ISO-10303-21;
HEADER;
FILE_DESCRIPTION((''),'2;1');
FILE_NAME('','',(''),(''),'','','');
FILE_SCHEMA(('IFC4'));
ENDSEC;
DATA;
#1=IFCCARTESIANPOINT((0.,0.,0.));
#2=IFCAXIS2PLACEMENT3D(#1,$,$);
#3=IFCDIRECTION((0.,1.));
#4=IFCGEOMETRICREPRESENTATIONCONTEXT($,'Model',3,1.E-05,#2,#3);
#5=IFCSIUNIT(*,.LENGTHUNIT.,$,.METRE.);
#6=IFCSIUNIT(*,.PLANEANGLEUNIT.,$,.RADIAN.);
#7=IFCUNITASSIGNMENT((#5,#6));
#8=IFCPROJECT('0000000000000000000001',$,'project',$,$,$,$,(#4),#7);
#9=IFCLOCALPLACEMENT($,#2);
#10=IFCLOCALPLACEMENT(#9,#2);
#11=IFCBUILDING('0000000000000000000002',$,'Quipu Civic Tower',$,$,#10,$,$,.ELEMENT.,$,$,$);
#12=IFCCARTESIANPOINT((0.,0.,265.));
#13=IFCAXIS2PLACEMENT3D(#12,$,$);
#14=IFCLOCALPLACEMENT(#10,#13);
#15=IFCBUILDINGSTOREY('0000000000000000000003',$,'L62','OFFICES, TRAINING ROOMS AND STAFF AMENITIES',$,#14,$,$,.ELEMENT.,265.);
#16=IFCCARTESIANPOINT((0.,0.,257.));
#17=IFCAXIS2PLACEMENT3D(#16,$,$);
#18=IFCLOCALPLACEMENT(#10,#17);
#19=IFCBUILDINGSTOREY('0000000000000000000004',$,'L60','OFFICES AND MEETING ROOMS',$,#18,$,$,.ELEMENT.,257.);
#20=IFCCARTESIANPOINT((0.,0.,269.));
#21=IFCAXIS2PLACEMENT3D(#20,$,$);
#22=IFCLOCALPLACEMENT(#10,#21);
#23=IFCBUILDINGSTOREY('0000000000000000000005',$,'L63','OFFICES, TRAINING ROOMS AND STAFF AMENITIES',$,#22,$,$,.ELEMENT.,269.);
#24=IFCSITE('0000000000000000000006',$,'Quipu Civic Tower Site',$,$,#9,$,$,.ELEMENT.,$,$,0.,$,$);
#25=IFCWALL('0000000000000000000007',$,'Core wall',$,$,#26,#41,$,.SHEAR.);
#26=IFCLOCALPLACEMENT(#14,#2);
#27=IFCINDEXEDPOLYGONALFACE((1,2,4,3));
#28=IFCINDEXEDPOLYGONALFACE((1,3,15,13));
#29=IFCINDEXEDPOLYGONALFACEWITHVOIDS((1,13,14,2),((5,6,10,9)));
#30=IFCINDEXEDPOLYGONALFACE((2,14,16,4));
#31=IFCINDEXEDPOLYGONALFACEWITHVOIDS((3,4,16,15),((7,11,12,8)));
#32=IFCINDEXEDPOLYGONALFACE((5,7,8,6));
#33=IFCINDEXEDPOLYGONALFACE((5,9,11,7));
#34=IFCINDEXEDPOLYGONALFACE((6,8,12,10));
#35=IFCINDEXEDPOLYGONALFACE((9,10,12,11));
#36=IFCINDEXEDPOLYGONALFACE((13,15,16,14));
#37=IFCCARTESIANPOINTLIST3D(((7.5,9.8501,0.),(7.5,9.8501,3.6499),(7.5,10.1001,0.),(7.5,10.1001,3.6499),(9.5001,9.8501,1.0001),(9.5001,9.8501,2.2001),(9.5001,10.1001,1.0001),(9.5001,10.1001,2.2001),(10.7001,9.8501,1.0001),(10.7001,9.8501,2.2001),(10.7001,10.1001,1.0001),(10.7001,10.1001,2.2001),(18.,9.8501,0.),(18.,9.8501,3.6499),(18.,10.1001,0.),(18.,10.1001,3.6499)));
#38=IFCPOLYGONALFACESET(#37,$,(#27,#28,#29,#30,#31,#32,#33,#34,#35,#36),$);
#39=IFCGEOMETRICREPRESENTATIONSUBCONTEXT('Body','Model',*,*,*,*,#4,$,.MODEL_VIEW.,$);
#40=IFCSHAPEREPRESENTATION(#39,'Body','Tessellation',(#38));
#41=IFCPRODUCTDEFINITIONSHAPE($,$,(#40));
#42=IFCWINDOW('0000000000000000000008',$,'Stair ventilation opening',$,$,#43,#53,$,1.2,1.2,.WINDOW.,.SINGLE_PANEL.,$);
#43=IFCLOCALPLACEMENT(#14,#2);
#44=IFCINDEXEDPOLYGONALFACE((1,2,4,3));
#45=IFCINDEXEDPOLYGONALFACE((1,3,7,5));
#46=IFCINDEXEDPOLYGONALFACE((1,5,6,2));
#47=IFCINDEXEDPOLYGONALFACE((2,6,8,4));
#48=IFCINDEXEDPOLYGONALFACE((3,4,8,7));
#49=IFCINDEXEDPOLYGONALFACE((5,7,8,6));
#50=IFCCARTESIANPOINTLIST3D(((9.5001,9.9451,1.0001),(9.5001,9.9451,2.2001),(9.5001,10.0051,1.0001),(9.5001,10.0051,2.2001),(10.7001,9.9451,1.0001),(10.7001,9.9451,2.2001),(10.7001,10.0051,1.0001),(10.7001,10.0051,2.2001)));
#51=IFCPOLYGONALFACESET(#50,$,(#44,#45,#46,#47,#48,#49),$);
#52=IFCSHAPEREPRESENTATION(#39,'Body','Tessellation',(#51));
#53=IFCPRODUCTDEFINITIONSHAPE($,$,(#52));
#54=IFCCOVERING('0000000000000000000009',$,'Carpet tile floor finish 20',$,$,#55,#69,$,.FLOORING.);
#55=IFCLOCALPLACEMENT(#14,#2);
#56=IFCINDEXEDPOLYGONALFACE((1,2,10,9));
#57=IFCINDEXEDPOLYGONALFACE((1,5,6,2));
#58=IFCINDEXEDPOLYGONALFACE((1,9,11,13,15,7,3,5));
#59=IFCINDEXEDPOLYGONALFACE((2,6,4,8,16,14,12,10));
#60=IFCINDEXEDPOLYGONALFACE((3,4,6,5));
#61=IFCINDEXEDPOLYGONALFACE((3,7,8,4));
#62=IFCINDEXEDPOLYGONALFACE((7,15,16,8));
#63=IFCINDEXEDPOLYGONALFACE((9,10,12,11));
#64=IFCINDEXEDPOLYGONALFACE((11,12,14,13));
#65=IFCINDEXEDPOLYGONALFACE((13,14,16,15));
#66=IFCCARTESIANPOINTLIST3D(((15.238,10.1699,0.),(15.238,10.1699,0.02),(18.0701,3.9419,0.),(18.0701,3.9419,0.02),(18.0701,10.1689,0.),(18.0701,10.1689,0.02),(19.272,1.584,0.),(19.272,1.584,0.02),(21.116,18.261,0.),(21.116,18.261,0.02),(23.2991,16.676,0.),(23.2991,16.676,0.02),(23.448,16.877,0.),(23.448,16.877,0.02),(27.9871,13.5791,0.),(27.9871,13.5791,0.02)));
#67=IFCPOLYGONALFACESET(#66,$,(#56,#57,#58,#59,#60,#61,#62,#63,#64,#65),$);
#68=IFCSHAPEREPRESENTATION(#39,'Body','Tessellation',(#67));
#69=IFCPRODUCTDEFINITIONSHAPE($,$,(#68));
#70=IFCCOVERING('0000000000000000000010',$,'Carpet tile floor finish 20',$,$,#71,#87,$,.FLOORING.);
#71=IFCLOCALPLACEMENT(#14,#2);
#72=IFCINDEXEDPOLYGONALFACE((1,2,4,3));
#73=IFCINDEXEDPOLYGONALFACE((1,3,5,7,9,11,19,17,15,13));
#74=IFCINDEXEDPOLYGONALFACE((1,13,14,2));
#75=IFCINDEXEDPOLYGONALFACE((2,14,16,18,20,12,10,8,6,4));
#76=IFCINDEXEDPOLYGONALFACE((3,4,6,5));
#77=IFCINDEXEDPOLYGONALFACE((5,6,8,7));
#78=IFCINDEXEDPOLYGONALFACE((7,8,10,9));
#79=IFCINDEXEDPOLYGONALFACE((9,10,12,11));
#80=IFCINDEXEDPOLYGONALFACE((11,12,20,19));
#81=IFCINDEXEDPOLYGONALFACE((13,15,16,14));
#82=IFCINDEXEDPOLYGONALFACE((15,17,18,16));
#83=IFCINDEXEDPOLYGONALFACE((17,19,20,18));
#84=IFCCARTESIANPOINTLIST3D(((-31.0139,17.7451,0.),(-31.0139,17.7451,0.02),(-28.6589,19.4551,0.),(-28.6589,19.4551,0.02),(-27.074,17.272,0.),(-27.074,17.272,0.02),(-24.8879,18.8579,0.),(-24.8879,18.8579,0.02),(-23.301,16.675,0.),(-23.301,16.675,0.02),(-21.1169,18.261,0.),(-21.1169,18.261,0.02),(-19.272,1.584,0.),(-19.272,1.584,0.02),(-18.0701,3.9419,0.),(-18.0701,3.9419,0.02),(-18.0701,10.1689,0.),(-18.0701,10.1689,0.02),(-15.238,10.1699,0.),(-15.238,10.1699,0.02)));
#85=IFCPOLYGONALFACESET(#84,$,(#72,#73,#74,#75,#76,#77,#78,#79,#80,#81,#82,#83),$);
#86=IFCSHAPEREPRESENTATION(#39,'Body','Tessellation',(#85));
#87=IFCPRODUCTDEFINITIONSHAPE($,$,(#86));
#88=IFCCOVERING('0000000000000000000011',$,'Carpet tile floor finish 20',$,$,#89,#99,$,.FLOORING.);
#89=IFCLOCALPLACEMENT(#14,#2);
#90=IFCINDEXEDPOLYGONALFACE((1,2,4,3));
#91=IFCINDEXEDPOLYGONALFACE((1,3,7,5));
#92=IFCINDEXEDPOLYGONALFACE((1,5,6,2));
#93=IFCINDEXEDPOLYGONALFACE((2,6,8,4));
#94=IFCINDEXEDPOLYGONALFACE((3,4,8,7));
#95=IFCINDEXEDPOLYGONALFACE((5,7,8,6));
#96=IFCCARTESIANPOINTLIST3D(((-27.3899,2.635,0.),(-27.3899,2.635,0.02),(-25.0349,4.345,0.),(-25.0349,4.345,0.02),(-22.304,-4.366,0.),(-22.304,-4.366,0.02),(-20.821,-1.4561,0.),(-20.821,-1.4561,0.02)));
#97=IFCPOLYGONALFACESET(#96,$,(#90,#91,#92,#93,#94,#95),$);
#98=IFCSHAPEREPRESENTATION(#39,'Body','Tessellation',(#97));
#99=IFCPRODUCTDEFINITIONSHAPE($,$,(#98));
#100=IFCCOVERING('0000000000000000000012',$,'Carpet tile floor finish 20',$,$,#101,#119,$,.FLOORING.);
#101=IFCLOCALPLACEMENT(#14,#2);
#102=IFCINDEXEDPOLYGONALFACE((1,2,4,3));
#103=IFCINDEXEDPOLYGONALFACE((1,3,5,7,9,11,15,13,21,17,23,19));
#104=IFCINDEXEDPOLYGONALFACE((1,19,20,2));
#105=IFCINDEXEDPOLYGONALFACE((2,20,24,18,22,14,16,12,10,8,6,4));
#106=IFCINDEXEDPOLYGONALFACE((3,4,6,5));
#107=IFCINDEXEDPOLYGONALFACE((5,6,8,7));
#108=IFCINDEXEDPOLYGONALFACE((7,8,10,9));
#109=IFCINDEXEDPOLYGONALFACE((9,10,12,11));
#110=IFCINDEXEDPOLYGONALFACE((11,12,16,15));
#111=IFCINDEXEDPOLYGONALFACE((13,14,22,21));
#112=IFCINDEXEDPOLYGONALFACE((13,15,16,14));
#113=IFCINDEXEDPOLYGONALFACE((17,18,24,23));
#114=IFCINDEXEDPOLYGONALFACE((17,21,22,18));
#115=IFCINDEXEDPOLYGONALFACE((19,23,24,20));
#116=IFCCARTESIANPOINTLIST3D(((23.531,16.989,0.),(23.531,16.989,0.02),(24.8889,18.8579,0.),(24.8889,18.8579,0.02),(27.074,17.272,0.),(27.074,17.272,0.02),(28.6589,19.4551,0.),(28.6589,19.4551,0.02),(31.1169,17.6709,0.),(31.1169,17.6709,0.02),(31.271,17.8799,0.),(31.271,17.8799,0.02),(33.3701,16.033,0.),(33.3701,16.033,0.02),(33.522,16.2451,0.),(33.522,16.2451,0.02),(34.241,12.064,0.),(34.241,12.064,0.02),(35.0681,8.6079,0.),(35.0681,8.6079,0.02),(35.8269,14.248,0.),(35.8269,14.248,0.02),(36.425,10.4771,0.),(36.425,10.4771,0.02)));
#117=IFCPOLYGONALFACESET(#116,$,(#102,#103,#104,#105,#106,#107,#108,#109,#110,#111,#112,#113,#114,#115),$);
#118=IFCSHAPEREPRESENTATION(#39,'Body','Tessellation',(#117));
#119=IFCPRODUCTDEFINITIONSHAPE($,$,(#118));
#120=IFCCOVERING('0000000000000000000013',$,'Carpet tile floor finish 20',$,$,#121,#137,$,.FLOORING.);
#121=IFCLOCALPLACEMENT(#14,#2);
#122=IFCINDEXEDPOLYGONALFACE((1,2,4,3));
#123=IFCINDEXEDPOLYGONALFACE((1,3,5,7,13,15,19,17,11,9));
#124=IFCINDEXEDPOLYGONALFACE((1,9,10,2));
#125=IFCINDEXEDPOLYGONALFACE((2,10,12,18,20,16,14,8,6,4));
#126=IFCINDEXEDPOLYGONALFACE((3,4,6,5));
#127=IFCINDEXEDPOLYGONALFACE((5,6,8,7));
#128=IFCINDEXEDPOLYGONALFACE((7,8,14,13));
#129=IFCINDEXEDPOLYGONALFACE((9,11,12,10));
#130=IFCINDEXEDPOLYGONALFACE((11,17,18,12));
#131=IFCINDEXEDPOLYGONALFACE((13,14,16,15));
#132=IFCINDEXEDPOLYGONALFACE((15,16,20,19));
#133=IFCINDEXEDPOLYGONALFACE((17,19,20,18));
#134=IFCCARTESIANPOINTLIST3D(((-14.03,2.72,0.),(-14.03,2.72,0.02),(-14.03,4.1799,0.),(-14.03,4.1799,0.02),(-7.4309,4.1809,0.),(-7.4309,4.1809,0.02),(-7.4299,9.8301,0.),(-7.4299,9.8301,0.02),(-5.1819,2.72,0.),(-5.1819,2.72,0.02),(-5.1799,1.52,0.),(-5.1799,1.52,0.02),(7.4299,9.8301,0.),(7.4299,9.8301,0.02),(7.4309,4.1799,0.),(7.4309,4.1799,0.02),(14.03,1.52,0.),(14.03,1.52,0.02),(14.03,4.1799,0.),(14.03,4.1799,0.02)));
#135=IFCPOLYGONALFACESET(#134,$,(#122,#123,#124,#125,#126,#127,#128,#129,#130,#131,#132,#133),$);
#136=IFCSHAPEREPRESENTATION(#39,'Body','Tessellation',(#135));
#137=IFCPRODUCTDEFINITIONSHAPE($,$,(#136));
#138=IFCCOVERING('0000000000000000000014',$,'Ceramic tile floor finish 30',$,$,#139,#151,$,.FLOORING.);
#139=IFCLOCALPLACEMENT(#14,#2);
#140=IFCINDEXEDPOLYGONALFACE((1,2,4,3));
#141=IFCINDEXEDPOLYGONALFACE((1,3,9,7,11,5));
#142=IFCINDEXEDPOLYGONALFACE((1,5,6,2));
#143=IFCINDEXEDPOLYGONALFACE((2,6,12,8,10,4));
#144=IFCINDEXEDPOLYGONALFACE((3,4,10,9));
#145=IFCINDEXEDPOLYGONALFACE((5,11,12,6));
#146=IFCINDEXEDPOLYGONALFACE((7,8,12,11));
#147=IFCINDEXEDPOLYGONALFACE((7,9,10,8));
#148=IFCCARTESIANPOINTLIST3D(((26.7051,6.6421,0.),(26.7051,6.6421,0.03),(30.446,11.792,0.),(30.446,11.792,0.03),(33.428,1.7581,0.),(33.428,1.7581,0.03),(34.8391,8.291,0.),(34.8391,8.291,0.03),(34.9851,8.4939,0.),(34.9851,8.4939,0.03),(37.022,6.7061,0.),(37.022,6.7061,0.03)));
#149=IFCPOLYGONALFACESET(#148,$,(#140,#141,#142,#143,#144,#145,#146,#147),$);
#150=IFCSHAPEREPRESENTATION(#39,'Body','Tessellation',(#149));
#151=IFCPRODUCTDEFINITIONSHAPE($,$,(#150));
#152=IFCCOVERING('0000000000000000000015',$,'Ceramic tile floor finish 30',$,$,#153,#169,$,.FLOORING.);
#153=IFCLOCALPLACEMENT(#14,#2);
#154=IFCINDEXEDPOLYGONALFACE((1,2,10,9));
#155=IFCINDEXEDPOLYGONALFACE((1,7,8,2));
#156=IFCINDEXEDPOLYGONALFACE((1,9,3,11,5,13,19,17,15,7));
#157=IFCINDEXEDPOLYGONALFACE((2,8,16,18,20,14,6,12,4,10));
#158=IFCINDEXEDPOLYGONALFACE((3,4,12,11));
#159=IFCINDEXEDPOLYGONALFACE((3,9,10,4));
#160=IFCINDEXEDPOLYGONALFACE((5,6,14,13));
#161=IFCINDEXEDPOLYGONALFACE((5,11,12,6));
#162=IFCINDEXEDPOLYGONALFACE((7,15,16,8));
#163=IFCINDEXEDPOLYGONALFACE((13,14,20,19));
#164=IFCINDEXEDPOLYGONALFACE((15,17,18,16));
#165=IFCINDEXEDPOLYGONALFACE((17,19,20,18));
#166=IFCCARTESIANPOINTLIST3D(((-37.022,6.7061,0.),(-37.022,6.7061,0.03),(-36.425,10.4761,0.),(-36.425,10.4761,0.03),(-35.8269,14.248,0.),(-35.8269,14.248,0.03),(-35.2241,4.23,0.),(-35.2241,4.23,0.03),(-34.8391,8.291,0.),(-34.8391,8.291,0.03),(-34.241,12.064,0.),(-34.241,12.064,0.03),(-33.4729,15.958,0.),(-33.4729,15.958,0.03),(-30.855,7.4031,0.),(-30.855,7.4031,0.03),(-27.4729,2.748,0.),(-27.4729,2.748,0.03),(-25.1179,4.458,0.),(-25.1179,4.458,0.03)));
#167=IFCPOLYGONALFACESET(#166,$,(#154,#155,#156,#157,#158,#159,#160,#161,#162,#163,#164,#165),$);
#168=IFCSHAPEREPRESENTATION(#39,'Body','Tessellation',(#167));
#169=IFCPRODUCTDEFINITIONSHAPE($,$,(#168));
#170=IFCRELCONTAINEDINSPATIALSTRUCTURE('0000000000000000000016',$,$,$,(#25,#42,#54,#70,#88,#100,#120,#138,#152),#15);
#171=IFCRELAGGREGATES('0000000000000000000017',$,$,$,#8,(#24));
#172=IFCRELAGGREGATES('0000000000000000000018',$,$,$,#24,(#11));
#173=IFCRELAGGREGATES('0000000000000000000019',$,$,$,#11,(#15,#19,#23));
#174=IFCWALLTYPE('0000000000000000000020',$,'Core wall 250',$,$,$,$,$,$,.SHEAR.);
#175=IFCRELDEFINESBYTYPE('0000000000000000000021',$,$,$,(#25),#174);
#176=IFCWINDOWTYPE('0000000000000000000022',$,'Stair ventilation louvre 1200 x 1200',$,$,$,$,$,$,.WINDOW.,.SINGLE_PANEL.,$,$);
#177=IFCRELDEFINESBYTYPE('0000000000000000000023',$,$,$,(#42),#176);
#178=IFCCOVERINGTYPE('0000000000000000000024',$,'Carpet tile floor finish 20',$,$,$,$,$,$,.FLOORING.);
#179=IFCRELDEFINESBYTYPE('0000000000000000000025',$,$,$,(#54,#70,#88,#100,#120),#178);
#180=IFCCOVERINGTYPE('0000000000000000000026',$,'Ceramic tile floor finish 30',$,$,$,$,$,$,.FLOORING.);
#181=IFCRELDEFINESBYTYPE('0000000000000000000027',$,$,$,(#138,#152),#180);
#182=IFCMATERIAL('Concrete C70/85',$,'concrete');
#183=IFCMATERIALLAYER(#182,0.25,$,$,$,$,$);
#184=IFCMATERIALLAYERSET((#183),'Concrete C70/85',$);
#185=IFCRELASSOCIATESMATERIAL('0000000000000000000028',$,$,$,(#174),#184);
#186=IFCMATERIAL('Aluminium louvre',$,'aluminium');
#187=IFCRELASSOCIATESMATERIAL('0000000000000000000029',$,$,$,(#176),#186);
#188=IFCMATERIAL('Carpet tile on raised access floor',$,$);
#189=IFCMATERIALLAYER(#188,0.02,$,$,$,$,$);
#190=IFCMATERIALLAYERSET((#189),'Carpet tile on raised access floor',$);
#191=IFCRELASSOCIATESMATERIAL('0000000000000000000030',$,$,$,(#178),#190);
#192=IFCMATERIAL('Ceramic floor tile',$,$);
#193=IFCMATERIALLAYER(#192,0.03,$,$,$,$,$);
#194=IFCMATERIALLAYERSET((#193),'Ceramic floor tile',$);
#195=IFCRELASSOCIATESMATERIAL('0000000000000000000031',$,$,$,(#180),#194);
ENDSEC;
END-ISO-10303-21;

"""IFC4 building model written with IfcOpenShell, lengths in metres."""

from ifc_helpers import new_model, si_unit, direction, frame, frame_2d, origin, place, context, subcontext, project, spatial, polyline, rectangle, outline, extrude, material, layer, layer_set, type_object, element, fill, save


model = new_model("IFC4")

# Units and contexts
model_context = context("Model", 3, precision=1e-05, world=origin(), true_north=direction((0.0, 1.0)))
body_context = subcontext(model_context, "Body", "Model", "MODEL_VIEW")
ifc_project = project(units=[si_unit("LENGTHUNIT", "METRE"), si_unit("PLANEANGLEUNIT", "RADIAN")], contexts=[model_context])

# Site, building, storey
site_placement = place(None, origin())
site = spatial("IfcSite", under=ifc_project, at=site_placement, Name="Quipu Civic Tower Site", CompositionType="ELEMENT", RefElevation=0.0)
building_placement = place(site_placement, origin())
building = spatial("IfcBuilding", under=site, at=building_placement, Name="Quipu Civic Tower", CompositionType="ELEMENT")
storey_1_placement = place(building_placement, frame((0.0, 0.0, 265.0)))
storey_1 = spatial("IfcBuildingStorey", under=building, at=storey_1_placement, Name="L62", Description="OFFICES, TRAINING ROOMS AND STAFF AMENITIES", CompositionType="ELEMENT", Elevation=265.0)

# Shared definitions
storey_2_placement = place(building_placement, frame((0.0, 0.0, 257.0)))
storey_2 = spatial("IfcBuildingStorey", under=building, at=storey_2_placement, Name="L60", Description="OFFICES AND MEETING ROOMS", CompositionType="ELEMENT", Elevation=257.0)

# Shared definitions
storey_3_placement = place(building_placement, frame((0.0, 0.0, 269.0)))
storey_3 = spatial("IfcBuildingStorey", under=building, at=storey_3_placement, Name="L63", Description="OFFICES, TRAINING ROOMS AND STAFF AMENITIES", CompositionType="ELEMENT", Elevation=269.0)

# Shared definitions
ifc_material_1 = material(Name="Concrete C70/85", Category="concrete")
ifc_layer_1 = layer(ifc_material_1, 0.25)
ifc_layer_set_1 = layer_set([ifc_layer_1], Name="Concrete C70/85")
wall_type = type_object("IfcWallType", Name="Core wall 250", PredefinedType="SHEAR", material=ifc_layer_set_1)

# Wall, opening, window
wall_1_placement = place(storey_1_placement, frame((7.5, 9.9751, 0.0), z_axis=(0.0, 0.0, 1.0), x_axis=(1.0, 0.0, 0.0)))
wall_1 = element("IfcWall", 1, at=wall_1_placement, inside=storey_1, type_object=wall_type, Name="Core wall", PredefinedType="SHEAR", context=body_context, shape_type="SweptSolid", body=[
    extrude(rectangle(XDim=10.5, YDim=0.25, at=frame_2d((5.25, 0.0))), origin(), (0.0, 0.0, 1.0), 3.6499),
])
opening_1_placement = place(wall_1_placement, frame((2.0, 0.0, 1.0)))
opening_1 = element("IfcOpeningElement", 2, at=opening_1_placement, cuts=wall_1, PredefinedType="OPENING", context=body_context, shape_type="SweptSolid", body=[
    extrude(rectangle(XDim=1.2, YDim=1.2, at=frame_2d((0.6001, 0.6001))), frame((0.0, 0.135, 0.0), z_axis=(0.0, -1.0, 0.0), x_axis=(1.0, 0.0, 0.0)), (0.0, 0.0, 1.0), 0.27),
])
ifc_material_2 = material(Name="Aluminium louvre", Category="aluminium")
window_type = type_object("IfcWindowType", Name="Stair ventilation louvre 1200 x 1200", PartitioningType="SINGLE_PANEL", PredefinedType="WINDOW", material=ifc_material_2)
window_placement = place(opening_1_placement, origin())
window = element("IfcWindow", 3, at=window_placement, inside=storey_1, type_object=window_type, Name="Stair ventilation opening", OverallHeight=1.2, OverallWidth=1.2, PartitioningType="SINGLE_PANEL", PredefinedType="WINDOW", context=body_context, shape_type="SweptSolid", body=[
    extrude(rectangle(XDim=1.2, YDim=1.2, at=frame_2d((0.6001, 0.6001))), frame((0.0, 0.03, 0.0), z_axis=(0.0, -1.0, 0.0), x_axis=(1.0, 0.0, 0.0)), (0.0, 0.0, 1.0), 0.0601),
])
fill(opening_1, window)

# Coverings
ifc_material_3 = material(Name="Carpet tile on raised access floor")
ifc_layer_2 = layer(ifc_material_3, 0.02)
ifc_layer_set_2 = layer_set([ifc_layer_2], Name="Carpet tile on raised access floor")
covering_type_1 = type_object("IfcCoveringType", Name="Carpet tile floor finish 20", PredefinedType="FLOORING", material=ifc_layer_set_2)
covering_1_placement = place(storey_1_placement, origin())
element("IfcCovering", 4, at=covering_1_placement, inside=storey_1, type_object=covering_type_1, Name="Carpet tile floor finish 20", PredefinedType="FLOORING", context=body_context, shape_type="SweptSolid", body=[
    extrude(outline(polyline([(15.238, 10.1699), (21.116, 18.261), (23.2991, 16.676), (23.448, 16.877), (27.9871, 13.5791), (19.272, 1.584), (18.0701, 3.9419), (18.0701, 10.1689), (15.238, 10.1699)])), origin(), (0.0, 0.0, 1.0), 0.02),
])
covering_2_placement = place(storey_1_placement, origin())
element("IfcCovering", 5, at=covering_2_placement, inside=storey_1, type_object=covering_type_1, Name="Carpet tile floor finish 20", PredefinedType="FLOORING", context=body_context, shape_type="SweptSolid", body=[
    extrude(outline(polyline([(-31.0139, 17.7451), (-28.6589, 19.4551), (-27.074, 17.272), (-24.8879, 18.8579), (-23.301, 16.675), (-21.1169, 18.261), (-15.238, 10.1699), (-18.0701, 10.1689), (-18.0701, 3.9419), (-19.272, 1.584), (-31.0139, 17.7451)])), origin(), (0.0, 0.0, 1.0), 0.02),
])
covering_3_placement = place(storey_1_placement, origin())
element("IfcCovering", 6, at=covering_3_placement, inside=storey_1, type_object=covering_type_1, Name="Carpet tile floor finish 20", PredefinedType="FLOORING", context=body_context, shape_type="SweptSolid", body=[
    extrude(outline(polyline([(-27.3899, 2.635), (-25.0349, 4.345), (-20.821, -1.4561), (-22.304, -4.366), (-27.3899, 2.635)])), origin(), (0.0, 0.0, 1.0), 0.02),
])
covering_4_placement = place(storey_1_placement, origin())
element("IfcCovering", 7, at=covering_4_placement, inside=storey_1, type_object=covering_type_1, Name="Carpet tile floor finish 20", PredefinedType="FLOORING", context=body_context, shape_type="SweptSolid", body=[
    extrude(outline(polyline([(23.531, 16.989), (24.8889, 18.8579), (27.074, 17.272), (28.6589, 19.4551), (31.1169, 17.6709), (31.271, 17.8799), (33.522, 16.2451), (33.3701, 16.033), (35.8269, 14.248), (34.241, 12.064), (36.425, 10.4771), (35.0681, 8.6079), (23.531, 16.989)])), origin(), (0.0, 0.0, 1.0), 0.02),
])
covering_5_placement = place(storey_1_placement, origin())
element("IfcCovering", 8, at=covering_5_placement, inside=storey_1, type_object=covering_type_1, Name="Carpet tile floor finish 20", PredefinedType="FLOORING", context=body_context, shape_type="SweptSolid", body=[
    extrude(outline(polyline([(-14.03, 2.72), (-14.03, 4.1799), (-7.4309, 4.1809), (-7.4299, 9.8301), (7.4299, 9.8301), (7.4309, 4.1799), (14.03, 4.1799), (14.03, 1.52), (-5.1799, 1.52), (-5.1819, 2.72), (-14.03, 2.72)])), origin(), (0.0, 0.0, 1.0), 0.02),
])
ifc_material_4 = material(Name="Ceramic floor tile")
ifc_layer_3 = layer(ifc_material_4, 0.03)
ifc_layer_set_3 = layer_set([ifc_layer_3], Name="Ceramic floor tile")
covering_type_2 = type_object("IfcCoveringType", Name="Ceramic tile floor finish 30", PredefinedType="FLOORING", material=ifc_layer_set_3)
covering_6_placement = place(storey_1_placement, origin())
element("IfcCovering", 9, at=covering_6_placement, inside=storey_1, type_object=covering_type_2, Name="Ceramic tile floor finish 30", PredefinedType="FLOORING", context=body_context, shape_type="SweptSolid", body=[
    extrude(outline(polyline([(26.7051, 6.6421), (30.446, 11.792), (34.9851, 8.4939), (34.8391, 8.291), (37.022, 6.7061), (33.428, 1.7581), (26.7051, 6.6421)])), origin(), (0.0, 0.0, 1.0), 0.03),
])
covering_7_placement = place(storey_1_placement, origin())
element("IfcCovering", 10, at=covering_7_placement, inside=storey_1, type_object=covering_type_2, Name="Ceramic tile floor finish 30", PredefinedType="FLOORING", context=body_context, shape_type="SweptSolid", body=[
    extrude(outline(polyline([(-37.022, 6.7061), (-34.8391, 8.291), (-36.425, 10.4761), (-34.241, 12.064), (-35.8269, 14.248), (-33.4729, 15.958), (-25.1179, 4.458), (-27.4729, 2.748), (-30.855, 7.4031), (-35.2241, 4.23), (-37.022, 6.7061)])), origin(), (0.0, 0.0, 1.0), 0.03),
])

save(model, "model.ifc")
